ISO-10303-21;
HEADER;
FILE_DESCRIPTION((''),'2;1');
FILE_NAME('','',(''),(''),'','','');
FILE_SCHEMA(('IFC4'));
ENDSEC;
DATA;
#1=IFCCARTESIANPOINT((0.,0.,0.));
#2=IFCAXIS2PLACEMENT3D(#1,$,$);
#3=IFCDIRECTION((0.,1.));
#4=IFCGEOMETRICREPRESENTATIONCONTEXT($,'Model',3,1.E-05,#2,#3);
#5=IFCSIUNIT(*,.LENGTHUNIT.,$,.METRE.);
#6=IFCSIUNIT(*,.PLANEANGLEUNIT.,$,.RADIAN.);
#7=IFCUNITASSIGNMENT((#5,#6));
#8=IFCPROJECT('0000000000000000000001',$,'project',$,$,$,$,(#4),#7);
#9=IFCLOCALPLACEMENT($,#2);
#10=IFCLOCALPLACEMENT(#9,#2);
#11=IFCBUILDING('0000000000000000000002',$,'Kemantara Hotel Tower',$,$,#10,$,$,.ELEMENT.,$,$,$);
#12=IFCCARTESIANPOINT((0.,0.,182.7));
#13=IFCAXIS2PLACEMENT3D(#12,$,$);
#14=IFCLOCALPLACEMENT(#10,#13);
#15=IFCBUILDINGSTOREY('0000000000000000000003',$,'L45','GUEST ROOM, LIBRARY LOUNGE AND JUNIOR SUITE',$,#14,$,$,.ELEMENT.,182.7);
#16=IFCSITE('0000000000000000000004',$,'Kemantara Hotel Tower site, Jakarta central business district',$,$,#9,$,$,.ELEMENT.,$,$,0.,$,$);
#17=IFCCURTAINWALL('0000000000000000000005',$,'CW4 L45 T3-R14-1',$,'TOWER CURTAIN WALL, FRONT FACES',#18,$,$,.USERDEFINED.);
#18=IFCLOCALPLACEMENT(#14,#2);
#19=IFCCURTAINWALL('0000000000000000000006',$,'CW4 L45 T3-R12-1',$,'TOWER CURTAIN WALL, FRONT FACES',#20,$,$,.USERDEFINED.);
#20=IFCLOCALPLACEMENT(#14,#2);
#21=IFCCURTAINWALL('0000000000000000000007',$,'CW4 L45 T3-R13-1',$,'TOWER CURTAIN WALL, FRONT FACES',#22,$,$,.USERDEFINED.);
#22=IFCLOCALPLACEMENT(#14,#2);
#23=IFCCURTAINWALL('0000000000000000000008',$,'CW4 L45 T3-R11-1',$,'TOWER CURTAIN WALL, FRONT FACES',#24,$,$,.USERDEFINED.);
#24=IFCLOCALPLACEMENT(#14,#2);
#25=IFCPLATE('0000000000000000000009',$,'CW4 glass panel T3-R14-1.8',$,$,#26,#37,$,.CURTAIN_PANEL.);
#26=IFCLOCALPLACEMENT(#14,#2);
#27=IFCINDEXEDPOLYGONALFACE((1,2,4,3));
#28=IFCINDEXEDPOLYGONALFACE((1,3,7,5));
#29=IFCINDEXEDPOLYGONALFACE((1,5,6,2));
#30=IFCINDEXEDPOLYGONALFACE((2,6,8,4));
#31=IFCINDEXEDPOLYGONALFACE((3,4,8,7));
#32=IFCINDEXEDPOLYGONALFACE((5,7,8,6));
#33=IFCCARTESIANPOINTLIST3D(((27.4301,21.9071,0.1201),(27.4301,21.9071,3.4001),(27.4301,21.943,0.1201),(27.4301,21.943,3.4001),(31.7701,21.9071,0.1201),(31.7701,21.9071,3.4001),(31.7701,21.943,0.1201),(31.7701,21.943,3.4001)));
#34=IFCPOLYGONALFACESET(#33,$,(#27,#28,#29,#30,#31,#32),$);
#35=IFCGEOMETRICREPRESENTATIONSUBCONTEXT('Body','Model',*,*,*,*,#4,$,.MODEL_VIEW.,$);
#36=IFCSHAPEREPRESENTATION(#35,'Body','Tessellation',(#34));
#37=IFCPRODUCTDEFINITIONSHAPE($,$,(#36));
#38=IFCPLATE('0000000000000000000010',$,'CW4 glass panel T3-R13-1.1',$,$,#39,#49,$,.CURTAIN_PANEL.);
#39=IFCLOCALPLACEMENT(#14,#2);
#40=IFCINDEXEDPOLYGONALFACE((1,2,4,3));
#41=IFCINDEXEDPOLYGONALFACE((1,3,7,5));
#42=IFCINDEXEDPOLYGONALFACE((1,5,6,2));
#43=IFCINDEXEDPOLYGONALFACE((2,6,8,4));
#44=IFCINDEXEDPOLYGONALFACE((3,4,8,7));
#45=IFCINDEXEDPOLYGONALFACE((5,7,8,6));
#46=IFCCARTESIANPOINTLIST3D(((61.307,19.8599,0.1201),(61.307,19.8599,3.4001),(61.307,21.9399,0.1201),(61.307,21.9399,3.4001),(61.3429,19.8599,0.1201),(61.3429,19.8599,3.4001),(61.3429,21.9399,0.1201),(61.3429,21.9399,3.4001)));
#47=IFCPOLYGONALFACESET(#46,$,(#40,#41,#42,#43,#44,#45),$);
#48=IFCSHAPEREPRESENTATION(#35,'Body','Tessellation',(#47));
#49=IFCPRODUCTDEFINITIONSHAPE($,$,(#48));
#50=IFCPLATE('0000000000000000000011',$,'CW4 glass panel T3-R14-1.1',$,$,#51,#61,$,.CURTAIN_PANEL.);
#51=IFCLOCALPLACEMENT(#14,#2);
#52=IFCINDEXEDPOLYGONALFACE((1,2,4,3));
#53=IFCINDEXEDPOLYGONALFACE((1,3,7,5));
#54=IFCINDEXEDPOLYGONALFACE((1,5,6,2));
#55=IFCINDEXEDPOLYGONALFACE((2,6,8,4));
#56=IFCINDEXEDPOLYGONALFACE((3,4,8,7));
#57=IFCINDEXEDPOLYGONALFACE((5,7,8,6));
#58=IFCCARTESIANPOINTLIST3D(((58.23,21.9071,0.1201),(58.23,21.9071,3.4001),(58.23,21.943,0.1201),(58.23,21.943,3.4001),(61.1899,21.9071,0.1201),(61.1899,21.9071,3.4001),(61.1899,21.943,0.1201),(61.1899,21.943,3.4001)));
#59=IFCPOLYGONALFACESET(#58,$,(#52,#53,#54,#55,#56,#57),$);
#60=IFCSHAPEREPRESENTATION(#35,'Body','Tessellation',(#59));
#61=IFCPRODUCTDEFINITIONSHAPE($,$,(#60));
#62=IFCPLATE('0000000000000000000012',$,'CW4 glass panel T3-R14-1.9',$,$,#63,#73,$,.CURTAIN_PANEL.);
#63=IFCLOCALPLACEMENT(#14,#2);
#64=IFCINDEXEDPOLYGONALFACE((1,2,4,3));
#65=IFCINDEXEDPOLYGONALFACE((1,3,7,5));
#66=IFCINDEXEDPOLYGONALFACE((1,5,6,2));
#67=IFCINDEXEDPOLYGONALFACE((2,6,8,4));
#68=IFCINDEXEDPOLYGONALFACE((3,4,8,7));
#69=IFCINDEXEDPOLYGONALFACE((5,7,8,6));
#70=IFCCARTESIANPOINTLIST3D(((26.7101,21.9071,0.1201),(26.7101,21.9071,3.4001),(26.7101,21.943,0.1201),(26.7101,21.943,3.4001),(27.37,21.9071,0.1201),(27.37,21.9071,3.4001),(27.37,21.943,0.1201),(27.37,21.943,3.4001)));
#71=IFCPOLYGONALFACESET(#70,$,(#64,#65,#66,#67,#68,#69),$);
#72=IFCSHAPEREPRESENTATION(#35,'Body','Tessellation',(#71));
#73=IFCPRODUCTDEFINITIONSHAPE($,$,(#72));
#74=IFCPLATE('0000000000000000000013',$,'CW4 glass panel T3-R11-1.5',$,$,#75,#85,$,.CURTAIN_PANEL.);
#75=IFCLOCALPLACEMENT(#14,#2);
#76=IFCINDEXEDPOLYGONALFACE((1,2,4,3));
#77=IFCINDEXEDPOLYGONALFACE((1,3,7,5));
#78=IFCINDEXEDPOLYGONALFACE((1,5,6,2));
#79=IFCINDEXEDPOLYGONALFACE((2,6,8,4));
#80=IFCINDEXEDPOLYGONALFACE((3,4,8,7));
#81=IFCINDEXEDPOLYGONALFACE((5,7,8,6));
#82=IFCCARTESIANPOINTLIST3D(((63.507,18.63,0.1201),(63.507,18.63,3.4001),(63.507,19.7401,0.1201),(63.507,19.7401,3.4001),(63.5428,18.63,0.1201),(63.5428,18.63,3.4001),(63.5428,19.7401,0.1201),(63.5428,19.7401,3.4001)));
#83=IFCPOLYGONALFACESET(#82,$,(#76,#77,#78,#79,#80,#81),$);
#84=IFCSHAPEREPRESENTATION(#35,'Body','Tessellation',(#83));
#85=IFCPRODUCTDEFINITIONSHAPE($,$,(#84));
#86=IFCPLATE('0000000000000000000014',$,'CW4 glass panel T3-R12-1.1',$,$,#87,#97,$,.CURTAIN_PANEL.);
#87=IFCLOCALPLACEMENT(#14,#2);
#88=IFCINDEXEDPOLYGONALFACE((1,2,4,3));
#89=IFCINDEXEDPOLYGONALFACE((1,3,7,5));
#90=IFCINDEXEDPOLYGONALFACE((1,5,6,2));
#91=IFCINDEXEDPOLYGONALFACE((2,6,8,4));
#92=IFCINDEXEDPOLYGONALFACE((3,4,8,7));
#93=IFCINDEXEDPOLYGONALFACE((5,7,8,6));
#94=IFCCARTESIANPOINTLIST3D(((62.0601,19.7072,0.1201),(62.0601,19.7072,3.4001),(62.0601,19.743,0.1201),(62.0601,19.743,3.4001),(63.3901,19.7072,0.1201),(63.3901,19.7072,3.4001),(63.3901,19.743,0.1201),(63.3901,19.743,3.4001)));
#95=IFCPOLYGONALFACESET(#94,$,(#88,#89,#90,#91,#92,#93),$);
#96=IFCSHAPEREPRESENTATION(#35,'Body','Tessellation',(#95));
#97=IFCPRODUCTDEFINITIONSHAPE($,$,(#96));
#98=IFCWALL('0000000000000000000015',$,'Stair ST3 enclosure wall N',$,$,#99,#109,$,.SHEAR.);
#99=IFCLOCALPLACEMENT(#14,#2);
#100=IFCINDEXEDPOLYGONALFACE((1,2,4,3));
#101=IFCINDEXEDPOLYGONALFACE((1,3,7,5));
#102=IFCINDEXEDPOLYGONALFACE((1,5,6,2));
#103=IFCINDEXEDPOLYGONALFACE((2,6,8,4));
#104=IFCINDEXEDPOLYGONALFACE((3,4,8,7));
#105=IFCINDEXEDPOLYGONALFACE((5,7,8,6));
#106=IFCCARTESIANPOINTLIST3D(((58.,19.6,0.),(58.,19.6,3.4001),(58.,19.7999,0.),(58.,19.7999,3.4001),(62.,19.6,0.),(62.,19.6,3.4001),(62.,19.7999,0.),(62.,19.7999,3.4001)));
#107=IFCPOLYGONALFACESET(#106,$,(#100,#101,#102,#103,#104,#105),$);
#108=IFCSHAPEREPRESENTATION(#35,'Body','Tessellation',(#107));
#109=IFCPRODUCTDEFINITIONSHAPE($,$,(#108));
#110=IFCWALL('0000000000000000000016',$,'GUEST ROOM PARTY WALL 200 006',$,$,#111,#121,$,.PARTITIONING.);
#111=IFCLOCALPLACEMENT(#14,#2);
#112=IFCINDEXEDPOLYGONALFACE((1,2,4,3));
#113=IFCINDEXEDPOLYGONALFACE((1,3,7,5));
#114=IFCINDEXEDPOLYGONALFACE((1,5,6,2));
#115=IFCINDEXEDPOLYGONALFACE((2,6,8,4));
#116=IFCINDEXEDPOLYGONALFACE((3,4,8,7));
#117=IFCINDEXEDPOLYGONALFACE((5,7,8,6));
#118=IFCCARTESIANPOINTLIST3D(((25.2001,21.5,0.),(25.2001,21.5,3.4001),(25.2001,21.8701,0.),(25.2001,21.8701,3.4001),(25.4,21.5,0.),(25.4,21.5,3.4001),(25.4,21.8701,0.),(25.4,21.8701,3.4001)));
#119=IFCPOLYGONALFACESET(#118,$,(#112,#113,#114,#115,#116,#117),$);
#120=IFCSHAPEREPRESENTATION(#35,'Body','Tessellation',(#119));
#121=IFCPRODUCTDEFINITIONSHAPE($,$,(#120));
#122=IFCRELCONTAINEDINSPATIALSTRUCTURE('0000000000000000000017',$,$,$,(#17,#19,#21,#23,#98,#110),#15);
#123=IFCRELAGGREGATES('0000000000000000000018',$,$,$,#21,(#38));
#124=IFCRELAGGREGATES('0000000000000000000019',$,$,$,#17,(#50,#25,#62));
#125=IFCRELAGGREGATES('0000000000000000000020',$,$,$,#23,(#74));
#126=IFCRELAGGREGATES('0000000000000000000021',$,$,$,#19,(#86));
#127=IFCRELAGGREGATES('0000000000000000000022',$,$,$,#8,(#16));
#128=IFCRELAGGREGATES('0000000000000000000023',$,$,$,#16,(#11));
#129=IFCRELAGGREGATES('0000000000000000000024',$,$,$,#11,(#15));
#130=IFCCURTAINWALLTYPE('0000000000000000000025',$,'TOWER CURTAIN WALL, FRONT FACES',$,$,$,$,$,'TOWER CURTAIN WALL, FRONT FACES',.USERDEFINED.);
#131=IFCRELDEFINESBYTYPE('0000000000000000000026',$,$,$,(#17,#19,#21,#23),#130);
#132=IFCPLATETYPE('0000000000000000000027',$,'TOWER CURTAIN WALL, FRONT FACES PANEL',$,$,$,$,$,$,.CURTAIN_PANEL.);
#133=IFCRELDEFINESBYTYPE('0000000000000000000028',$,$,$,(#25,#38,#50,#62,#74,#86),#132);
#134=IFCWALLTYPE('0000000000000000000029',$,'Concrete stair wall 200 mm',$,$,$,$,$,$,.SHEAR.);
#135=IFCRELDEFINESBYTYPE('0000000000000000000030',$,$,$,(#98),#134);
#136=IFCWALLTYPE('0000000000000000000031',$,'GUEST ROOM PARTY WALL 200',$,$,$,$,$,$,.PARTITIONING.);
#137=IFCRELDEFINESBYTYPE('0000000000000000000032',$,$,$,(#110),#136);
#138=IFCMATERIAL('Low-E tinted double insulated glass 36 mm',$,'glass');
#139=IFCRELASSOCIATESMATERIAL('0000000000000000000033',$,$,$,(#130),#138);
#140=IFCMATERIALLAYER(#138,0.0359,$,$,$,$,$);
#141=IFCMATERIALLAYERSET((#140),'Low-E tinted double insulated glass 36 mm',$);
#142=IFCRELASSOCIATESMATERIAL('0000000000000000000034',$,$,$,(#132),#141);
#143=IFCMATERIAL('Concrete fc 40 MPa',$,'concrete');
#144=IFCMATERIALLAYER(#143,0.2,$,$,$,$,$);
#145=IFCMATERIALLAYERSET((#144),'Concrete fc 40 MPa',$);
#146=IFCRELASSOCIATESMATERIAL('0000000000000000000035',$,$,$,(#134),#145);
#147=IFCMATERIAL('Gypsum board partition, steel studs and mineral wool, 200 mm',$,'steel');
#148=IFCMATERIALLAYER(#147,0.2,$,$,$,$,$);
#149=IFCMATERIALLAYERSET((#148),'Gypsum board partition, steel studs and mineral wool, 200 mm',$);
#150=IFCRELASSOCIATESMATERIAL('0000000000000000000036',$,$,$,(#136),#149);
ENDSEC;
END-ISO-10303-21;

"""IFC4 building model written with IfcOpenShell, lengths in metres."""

from ifc_helpers import new_model, si_unit, direction, frame, frame_2d, origin, origin_2d, place, context, subcontext, project, spatial, rectangle, extrude, source, transform, mapped, material, layer, layer_set, type_object, element, aggregate, save


model = new_model("IFC4")

# Units and contexts
model_context = context("Model", 3, precision=1e-05, world=origin(), true_north=direction((0.0, 1.0)))
body_context = subcontext(model_context, "Body", "Model", "MODEL_VIEW")
ifc_project = project(units=[si_unit("LENGTHUNIT", "METRE"), si_unit("PLANEANGLEUNIT", "RADIAN")], contexts=[model_context])

# Site, building, storey
site_placement = place(None, origin())
site = spatial("IfcSite", under=ifc_project, at=site_placement, Name="Kemantara Hotel Tower site, Jakarta central business district", CompositionType="ELEMENT", RefElevation=0.0)
building_placement = place(site_placement, origin())
building = spatial("IfcBuilding", under=site, at=building_placement, Name="Kemantara Hotel Tower", CompositionType="ELEMENT")
storey_placement = place(building_placement, frame((0.0, 0.0, 182.7)))
storey = spatial("IfcBuildingStorey", under=building, at=storey_placement, Name="L45", Description="GUEST ROOM, LIBRARY LOUNGE AND JUNIOR SUITE", CompositionType="ELEMENT", Elevation=182.7)

# Curtain walls
ifc_material_1 = material(Name="Low-E tinted double insulated glass 36 mm", Category="glass")
curtain_wall_type = type_object("IfcCurtainWallType", Name="TOWER CURTAIN WALL, FRONT FACES", ElementType="TOWER CURTAIN WALL, FRONT FACES", PredefinedType="USERDEFINED", material=ifc_material_1)
curtain_wall_1_placement = place(storey_placement, origin())
curtain_wall_1 = element("IfcCurtainWall", 1, at=curtain_wall_1_placement, inside=storey, type_object=curtain_wall_type, Name="CW4 L45 T3-R14-1", ObjectType="TOWER CURTAIN WALL, FRONT FACES", PredefinedType="USERDEFINED")
curtain_wall_2_placement = place(storey_placement, origin())
curtain_wall_2 = element("IfcCurtainWall", 2, at=curtain_wall_2_placement, inside=storey, type_object=curtain_wall_type, Name="CW4 L45 T3-R12-1", ObjectType="TOWER CURTAIN WALL, FRONT FACES", PredefinedType="USERDEFINED")
curtain_wall_3_placement = place(storey_placement, origin())
curtain_wall_3 = element("IfcCurtainWall", 3, at=curtain_wall_3_placement, inside=storey, type_object=curtain_wall_type, Name="CW4 L45 T3-R13-1", ObjectType="TOWER CURTAIN WALL, FRONT FACES", PredefinedType="USERDEFINED")
curtain_wall_4_placement = place(storey_placement, origin())
curtain_wall_4 = element("IfcCurtainWall", 4, at=curtain_wall_4_placement, inside=storey, type_object=curtain_wall_type, Name="CW4 L45 T3-R11-1", ObjectType="TOWER CURTAIN WALL, FRONT FACES", PredefinedType="USERDEFINED")

# Plates
ifc_layer_1 = layer(ifc_material_1, 0.0359)
ifc_layer_set_1 = layer_set([ifc_layer_1], Name="Low-E tinted double insulated glass 36 mm")
plate_type = type_object("IfcPlateType", Name="TOWER CURTAIN WALL, FRONT FACES PANEL", PredefinedType="CURTAIN_PANEL", material=ifc_layer_set_1)
shared_shape_1 = source(origin(), body_context, "Body", "SweptSolid", [
    extrude(rectangle(XDim=4.3401, YDim=0.0359, at=origin_2d()), origin(), (0.0, 0.0, 1.0), 3.28),
])
plate_1_placement = place(storey_placement, frame((29.6001, 21.925, 0.1201), z_axis=(0.0, 0.0, 1.0), x_axis=(-1.0, 0.0, 0.0)))
plate_1 = element("IfcPlate", 5, at=plate_1_placement, type_object=plate_type, Name="CW4 glass panel T3-R14-1.8", PredefinedType="CURTAIN_PANEL", context=body_context, shape_type="MappedRepresentation", body=[
    mapped(shared_shape_1, transform((0.0, 0.0, 0.0))),
])
shared_shape_2 = source(origin(), body_context, "Body", "SweptSolid", [
    extrude(rectangle(XDim=2.0801, YDim=0.0359, at=origin_2d()), origin(), (0.0, 0.0, 1.0), 3.28),
])
plate_2_placement = place(storey_placement, frame((61.325, 20.8999, 0.1201), z_axis=(0.0, 0.0, 1.0), x_axis=(0.0, 1.0, 0.0)))
plate_2 = element("IfcPlate", 6, at=plate_2_placement, type_object=plate_type, Name="CW4 glass panel T3-R13-1.1", PredefinedType="CURTAIN_PANEL", context=body_context, shape_type="MappedRepresentation", body=[
    mapped(shared_shape_2, transform((0.0, 0.0, 0.0))),
])
aggregate(curtain_wall_3, [plate_2])
shared_shape_3 = source(origin(), body_context, "Body", "SweptSolid", [
    extrude(rectangle(XDim=2.96, YDim=0.0359, at=origin_2d()), origin(), (0.0, 0.0, 1.0), 3.28),
])
plate_3_placement = place(storey_placement, frame((59.71, 21.925, 0.1201), z_axis=(0.0, 0.0, 1.0), x_axis=(-1.0, 0.0, 0.0)))
plate_3 = element("IfcPlate", 7, at=plate_3_placement, type_object=plate_type, Name="CW4 glass panel T3-R14-1.1", PredefinedType="CURTAIN_PANEL", context=body_context, shape_type="MappedRepresentation", body=[
    mapped(shared_shape_3, transform((0.0, 0.0, 0.0))),
])
shared_shape_4 = source(origin(), body_context, "Body", "SweptSolid", [
    extrude(rectangle(XDim=0.6599, YDim=0.0359, at=origin_2d()), origin(), (0.0, 0.0, 1.0), 3.28),
])
plate_4_placement = place(storey_placement, frame((27.04, 21.925, 0.1201), z_axis=(0.0, 0.0, 1.0), x_axis=(-1.0, 0.0, 0.0)))
plate_4 = element("IfcPlate", 8, at=plate_4_placement, type_object=plate_type, Name="CW4 glass panel T3-R14-1.9", PredefinedType="CURTAIN_PANEL", context=body_context, shape_type="MappedRepresentation", body=[
    mapped(shared_shape_4, transform((0.0, 0.0, 0.0))),
])
aggregate(curtain_wall_1, [plate_3, plate_1, plate_4])
shared_shape_5 = source(origin(), body_context, "Body", "SweptSolid", [
    extrude(rectangle(XDim=1.1101, YDim=0.0359, at=origin_2d()), origin(), (0.0, 0.0, 1.0), 3.28),
])
plate_5_placement = place(storey_placement, frame((63.5249, 19.1851, 0.1201), z_axis=(0.0, 0.0, 1.0), x_axis=(0.0, 1.0, 0.0)))
plate_5 = element("IfcPlate", 9, at=plate_5_placement, type_object=plate_type, Name="CW4 glass panel T3-R11-1.5", PredefinedType="CURTAIN_PANEL", context=body_context, shape_type="MappedRepresentation", body=[
    mapped(shared_shape_5, transform((0.0, 0.0, 0.0))),
])
aggregate(curtain_wall_4, [plate_5])
shared_shape_6 = source(origin(), body_context, "Body", "SweptSolid", [
    extrude(rectangle(XDim=1.3301, YDim=0.0359, at=origin_2d()), origin(), (0.0, 0.0, 1.0), 3.28),
])
plate_6_placement = place(storey_placement, frame((62.7251, 19.7251, 0.1201), z_axis=(0.0, 0.0, 1.0), x_axis=(-1.0, 0.0, 0.0)))
plate_6 = element("IfcPlate", 10, at=plate_6_placement, type_object=plate_type, Name="CW4 glass panel T3-R12-1.1", PredefinedType="CURTAIN_PANEL", context=body_context, shape_type="MappedRepresentation", body=[
    mapped(shared_shape_6, transform((0.0, 0.0, 0.0))),
])
aggregate(curtain_wall_2, [plate_6])

# Walls
ifc_material_2 = material(Name="Concrete fc 40 MPa", Category="concrete")
ifc_layer_2 = layer(ifc_material_2, 0.2)
ifc_layer_set_2 = layer_set([ifc_layer_2], Name="Concrete fc 40 MPa")
wall_type_1 = type_object("IfcWallType", Name="Concrete stair wall 200 mm", PredefinedType="SHEAR", material=ifc_layer_set_2)
wall_1_placement = place(storey_placement, frame((58.0, 19.7, 0.0), z_axis=(0.0, 0.0, 1.0), x_axis=(1.0, 0.0, 0.0)))
element("IfcWall", 11, at=wall_1_placement, inside=storey, type_object=wall_type_1, Name="Stair ST3 enclosure wall N", PredefinedType="SHEAR", context=body_context, shape_type="SweptSolid", body=[
    extrude(rectangle(XDim=4.0, YDim=0.2, at=frame_2d((2.0, 0.0))), origin(), (0.0, 0.0, 1.0), 3.4001),
])
ifc_material_3 = material(Name="Gypsum board partition, steel studs and mineral wool, 200 mm", Category="steel")
ifc_layer_3 = layer(ifc_material_3, 0.2)
ifc_layer_set_3 = layer_set([ifc_layer_3], Name="Gypsum board partition, steel studs and mineral wool, 200 mm")
wall_type_2 = type_object("IfcWallType", Name="GUEST ROOM PARTY WALL 200", PredefinedType="PARTITIONING", material=ifc_layer_set_3)
wall_2_placement = place(storey_placement, frame((25.3, 21.5, 0.0), z_axis=(0.0, 0.0, 1.0), x_axis=(0.0, 1.0, 0.0)))
element("IfcWall", 12, at=wall_2_placement, inside=storey, type_object=wall_type_2, Name="GUEST ROOM PARTY WALL 200 006", PredefinedType="PARTITIONING", context=body_context, shape_type="SweptSolid", body=[
    extrude(rectangle(XDim=0.3701, YDim=0.2, at=frame_2d((0.1851, 0.0))), origin(), (0.0, 0.0, 1.0), 3.4001),
])

save(model, "model.ifc")
